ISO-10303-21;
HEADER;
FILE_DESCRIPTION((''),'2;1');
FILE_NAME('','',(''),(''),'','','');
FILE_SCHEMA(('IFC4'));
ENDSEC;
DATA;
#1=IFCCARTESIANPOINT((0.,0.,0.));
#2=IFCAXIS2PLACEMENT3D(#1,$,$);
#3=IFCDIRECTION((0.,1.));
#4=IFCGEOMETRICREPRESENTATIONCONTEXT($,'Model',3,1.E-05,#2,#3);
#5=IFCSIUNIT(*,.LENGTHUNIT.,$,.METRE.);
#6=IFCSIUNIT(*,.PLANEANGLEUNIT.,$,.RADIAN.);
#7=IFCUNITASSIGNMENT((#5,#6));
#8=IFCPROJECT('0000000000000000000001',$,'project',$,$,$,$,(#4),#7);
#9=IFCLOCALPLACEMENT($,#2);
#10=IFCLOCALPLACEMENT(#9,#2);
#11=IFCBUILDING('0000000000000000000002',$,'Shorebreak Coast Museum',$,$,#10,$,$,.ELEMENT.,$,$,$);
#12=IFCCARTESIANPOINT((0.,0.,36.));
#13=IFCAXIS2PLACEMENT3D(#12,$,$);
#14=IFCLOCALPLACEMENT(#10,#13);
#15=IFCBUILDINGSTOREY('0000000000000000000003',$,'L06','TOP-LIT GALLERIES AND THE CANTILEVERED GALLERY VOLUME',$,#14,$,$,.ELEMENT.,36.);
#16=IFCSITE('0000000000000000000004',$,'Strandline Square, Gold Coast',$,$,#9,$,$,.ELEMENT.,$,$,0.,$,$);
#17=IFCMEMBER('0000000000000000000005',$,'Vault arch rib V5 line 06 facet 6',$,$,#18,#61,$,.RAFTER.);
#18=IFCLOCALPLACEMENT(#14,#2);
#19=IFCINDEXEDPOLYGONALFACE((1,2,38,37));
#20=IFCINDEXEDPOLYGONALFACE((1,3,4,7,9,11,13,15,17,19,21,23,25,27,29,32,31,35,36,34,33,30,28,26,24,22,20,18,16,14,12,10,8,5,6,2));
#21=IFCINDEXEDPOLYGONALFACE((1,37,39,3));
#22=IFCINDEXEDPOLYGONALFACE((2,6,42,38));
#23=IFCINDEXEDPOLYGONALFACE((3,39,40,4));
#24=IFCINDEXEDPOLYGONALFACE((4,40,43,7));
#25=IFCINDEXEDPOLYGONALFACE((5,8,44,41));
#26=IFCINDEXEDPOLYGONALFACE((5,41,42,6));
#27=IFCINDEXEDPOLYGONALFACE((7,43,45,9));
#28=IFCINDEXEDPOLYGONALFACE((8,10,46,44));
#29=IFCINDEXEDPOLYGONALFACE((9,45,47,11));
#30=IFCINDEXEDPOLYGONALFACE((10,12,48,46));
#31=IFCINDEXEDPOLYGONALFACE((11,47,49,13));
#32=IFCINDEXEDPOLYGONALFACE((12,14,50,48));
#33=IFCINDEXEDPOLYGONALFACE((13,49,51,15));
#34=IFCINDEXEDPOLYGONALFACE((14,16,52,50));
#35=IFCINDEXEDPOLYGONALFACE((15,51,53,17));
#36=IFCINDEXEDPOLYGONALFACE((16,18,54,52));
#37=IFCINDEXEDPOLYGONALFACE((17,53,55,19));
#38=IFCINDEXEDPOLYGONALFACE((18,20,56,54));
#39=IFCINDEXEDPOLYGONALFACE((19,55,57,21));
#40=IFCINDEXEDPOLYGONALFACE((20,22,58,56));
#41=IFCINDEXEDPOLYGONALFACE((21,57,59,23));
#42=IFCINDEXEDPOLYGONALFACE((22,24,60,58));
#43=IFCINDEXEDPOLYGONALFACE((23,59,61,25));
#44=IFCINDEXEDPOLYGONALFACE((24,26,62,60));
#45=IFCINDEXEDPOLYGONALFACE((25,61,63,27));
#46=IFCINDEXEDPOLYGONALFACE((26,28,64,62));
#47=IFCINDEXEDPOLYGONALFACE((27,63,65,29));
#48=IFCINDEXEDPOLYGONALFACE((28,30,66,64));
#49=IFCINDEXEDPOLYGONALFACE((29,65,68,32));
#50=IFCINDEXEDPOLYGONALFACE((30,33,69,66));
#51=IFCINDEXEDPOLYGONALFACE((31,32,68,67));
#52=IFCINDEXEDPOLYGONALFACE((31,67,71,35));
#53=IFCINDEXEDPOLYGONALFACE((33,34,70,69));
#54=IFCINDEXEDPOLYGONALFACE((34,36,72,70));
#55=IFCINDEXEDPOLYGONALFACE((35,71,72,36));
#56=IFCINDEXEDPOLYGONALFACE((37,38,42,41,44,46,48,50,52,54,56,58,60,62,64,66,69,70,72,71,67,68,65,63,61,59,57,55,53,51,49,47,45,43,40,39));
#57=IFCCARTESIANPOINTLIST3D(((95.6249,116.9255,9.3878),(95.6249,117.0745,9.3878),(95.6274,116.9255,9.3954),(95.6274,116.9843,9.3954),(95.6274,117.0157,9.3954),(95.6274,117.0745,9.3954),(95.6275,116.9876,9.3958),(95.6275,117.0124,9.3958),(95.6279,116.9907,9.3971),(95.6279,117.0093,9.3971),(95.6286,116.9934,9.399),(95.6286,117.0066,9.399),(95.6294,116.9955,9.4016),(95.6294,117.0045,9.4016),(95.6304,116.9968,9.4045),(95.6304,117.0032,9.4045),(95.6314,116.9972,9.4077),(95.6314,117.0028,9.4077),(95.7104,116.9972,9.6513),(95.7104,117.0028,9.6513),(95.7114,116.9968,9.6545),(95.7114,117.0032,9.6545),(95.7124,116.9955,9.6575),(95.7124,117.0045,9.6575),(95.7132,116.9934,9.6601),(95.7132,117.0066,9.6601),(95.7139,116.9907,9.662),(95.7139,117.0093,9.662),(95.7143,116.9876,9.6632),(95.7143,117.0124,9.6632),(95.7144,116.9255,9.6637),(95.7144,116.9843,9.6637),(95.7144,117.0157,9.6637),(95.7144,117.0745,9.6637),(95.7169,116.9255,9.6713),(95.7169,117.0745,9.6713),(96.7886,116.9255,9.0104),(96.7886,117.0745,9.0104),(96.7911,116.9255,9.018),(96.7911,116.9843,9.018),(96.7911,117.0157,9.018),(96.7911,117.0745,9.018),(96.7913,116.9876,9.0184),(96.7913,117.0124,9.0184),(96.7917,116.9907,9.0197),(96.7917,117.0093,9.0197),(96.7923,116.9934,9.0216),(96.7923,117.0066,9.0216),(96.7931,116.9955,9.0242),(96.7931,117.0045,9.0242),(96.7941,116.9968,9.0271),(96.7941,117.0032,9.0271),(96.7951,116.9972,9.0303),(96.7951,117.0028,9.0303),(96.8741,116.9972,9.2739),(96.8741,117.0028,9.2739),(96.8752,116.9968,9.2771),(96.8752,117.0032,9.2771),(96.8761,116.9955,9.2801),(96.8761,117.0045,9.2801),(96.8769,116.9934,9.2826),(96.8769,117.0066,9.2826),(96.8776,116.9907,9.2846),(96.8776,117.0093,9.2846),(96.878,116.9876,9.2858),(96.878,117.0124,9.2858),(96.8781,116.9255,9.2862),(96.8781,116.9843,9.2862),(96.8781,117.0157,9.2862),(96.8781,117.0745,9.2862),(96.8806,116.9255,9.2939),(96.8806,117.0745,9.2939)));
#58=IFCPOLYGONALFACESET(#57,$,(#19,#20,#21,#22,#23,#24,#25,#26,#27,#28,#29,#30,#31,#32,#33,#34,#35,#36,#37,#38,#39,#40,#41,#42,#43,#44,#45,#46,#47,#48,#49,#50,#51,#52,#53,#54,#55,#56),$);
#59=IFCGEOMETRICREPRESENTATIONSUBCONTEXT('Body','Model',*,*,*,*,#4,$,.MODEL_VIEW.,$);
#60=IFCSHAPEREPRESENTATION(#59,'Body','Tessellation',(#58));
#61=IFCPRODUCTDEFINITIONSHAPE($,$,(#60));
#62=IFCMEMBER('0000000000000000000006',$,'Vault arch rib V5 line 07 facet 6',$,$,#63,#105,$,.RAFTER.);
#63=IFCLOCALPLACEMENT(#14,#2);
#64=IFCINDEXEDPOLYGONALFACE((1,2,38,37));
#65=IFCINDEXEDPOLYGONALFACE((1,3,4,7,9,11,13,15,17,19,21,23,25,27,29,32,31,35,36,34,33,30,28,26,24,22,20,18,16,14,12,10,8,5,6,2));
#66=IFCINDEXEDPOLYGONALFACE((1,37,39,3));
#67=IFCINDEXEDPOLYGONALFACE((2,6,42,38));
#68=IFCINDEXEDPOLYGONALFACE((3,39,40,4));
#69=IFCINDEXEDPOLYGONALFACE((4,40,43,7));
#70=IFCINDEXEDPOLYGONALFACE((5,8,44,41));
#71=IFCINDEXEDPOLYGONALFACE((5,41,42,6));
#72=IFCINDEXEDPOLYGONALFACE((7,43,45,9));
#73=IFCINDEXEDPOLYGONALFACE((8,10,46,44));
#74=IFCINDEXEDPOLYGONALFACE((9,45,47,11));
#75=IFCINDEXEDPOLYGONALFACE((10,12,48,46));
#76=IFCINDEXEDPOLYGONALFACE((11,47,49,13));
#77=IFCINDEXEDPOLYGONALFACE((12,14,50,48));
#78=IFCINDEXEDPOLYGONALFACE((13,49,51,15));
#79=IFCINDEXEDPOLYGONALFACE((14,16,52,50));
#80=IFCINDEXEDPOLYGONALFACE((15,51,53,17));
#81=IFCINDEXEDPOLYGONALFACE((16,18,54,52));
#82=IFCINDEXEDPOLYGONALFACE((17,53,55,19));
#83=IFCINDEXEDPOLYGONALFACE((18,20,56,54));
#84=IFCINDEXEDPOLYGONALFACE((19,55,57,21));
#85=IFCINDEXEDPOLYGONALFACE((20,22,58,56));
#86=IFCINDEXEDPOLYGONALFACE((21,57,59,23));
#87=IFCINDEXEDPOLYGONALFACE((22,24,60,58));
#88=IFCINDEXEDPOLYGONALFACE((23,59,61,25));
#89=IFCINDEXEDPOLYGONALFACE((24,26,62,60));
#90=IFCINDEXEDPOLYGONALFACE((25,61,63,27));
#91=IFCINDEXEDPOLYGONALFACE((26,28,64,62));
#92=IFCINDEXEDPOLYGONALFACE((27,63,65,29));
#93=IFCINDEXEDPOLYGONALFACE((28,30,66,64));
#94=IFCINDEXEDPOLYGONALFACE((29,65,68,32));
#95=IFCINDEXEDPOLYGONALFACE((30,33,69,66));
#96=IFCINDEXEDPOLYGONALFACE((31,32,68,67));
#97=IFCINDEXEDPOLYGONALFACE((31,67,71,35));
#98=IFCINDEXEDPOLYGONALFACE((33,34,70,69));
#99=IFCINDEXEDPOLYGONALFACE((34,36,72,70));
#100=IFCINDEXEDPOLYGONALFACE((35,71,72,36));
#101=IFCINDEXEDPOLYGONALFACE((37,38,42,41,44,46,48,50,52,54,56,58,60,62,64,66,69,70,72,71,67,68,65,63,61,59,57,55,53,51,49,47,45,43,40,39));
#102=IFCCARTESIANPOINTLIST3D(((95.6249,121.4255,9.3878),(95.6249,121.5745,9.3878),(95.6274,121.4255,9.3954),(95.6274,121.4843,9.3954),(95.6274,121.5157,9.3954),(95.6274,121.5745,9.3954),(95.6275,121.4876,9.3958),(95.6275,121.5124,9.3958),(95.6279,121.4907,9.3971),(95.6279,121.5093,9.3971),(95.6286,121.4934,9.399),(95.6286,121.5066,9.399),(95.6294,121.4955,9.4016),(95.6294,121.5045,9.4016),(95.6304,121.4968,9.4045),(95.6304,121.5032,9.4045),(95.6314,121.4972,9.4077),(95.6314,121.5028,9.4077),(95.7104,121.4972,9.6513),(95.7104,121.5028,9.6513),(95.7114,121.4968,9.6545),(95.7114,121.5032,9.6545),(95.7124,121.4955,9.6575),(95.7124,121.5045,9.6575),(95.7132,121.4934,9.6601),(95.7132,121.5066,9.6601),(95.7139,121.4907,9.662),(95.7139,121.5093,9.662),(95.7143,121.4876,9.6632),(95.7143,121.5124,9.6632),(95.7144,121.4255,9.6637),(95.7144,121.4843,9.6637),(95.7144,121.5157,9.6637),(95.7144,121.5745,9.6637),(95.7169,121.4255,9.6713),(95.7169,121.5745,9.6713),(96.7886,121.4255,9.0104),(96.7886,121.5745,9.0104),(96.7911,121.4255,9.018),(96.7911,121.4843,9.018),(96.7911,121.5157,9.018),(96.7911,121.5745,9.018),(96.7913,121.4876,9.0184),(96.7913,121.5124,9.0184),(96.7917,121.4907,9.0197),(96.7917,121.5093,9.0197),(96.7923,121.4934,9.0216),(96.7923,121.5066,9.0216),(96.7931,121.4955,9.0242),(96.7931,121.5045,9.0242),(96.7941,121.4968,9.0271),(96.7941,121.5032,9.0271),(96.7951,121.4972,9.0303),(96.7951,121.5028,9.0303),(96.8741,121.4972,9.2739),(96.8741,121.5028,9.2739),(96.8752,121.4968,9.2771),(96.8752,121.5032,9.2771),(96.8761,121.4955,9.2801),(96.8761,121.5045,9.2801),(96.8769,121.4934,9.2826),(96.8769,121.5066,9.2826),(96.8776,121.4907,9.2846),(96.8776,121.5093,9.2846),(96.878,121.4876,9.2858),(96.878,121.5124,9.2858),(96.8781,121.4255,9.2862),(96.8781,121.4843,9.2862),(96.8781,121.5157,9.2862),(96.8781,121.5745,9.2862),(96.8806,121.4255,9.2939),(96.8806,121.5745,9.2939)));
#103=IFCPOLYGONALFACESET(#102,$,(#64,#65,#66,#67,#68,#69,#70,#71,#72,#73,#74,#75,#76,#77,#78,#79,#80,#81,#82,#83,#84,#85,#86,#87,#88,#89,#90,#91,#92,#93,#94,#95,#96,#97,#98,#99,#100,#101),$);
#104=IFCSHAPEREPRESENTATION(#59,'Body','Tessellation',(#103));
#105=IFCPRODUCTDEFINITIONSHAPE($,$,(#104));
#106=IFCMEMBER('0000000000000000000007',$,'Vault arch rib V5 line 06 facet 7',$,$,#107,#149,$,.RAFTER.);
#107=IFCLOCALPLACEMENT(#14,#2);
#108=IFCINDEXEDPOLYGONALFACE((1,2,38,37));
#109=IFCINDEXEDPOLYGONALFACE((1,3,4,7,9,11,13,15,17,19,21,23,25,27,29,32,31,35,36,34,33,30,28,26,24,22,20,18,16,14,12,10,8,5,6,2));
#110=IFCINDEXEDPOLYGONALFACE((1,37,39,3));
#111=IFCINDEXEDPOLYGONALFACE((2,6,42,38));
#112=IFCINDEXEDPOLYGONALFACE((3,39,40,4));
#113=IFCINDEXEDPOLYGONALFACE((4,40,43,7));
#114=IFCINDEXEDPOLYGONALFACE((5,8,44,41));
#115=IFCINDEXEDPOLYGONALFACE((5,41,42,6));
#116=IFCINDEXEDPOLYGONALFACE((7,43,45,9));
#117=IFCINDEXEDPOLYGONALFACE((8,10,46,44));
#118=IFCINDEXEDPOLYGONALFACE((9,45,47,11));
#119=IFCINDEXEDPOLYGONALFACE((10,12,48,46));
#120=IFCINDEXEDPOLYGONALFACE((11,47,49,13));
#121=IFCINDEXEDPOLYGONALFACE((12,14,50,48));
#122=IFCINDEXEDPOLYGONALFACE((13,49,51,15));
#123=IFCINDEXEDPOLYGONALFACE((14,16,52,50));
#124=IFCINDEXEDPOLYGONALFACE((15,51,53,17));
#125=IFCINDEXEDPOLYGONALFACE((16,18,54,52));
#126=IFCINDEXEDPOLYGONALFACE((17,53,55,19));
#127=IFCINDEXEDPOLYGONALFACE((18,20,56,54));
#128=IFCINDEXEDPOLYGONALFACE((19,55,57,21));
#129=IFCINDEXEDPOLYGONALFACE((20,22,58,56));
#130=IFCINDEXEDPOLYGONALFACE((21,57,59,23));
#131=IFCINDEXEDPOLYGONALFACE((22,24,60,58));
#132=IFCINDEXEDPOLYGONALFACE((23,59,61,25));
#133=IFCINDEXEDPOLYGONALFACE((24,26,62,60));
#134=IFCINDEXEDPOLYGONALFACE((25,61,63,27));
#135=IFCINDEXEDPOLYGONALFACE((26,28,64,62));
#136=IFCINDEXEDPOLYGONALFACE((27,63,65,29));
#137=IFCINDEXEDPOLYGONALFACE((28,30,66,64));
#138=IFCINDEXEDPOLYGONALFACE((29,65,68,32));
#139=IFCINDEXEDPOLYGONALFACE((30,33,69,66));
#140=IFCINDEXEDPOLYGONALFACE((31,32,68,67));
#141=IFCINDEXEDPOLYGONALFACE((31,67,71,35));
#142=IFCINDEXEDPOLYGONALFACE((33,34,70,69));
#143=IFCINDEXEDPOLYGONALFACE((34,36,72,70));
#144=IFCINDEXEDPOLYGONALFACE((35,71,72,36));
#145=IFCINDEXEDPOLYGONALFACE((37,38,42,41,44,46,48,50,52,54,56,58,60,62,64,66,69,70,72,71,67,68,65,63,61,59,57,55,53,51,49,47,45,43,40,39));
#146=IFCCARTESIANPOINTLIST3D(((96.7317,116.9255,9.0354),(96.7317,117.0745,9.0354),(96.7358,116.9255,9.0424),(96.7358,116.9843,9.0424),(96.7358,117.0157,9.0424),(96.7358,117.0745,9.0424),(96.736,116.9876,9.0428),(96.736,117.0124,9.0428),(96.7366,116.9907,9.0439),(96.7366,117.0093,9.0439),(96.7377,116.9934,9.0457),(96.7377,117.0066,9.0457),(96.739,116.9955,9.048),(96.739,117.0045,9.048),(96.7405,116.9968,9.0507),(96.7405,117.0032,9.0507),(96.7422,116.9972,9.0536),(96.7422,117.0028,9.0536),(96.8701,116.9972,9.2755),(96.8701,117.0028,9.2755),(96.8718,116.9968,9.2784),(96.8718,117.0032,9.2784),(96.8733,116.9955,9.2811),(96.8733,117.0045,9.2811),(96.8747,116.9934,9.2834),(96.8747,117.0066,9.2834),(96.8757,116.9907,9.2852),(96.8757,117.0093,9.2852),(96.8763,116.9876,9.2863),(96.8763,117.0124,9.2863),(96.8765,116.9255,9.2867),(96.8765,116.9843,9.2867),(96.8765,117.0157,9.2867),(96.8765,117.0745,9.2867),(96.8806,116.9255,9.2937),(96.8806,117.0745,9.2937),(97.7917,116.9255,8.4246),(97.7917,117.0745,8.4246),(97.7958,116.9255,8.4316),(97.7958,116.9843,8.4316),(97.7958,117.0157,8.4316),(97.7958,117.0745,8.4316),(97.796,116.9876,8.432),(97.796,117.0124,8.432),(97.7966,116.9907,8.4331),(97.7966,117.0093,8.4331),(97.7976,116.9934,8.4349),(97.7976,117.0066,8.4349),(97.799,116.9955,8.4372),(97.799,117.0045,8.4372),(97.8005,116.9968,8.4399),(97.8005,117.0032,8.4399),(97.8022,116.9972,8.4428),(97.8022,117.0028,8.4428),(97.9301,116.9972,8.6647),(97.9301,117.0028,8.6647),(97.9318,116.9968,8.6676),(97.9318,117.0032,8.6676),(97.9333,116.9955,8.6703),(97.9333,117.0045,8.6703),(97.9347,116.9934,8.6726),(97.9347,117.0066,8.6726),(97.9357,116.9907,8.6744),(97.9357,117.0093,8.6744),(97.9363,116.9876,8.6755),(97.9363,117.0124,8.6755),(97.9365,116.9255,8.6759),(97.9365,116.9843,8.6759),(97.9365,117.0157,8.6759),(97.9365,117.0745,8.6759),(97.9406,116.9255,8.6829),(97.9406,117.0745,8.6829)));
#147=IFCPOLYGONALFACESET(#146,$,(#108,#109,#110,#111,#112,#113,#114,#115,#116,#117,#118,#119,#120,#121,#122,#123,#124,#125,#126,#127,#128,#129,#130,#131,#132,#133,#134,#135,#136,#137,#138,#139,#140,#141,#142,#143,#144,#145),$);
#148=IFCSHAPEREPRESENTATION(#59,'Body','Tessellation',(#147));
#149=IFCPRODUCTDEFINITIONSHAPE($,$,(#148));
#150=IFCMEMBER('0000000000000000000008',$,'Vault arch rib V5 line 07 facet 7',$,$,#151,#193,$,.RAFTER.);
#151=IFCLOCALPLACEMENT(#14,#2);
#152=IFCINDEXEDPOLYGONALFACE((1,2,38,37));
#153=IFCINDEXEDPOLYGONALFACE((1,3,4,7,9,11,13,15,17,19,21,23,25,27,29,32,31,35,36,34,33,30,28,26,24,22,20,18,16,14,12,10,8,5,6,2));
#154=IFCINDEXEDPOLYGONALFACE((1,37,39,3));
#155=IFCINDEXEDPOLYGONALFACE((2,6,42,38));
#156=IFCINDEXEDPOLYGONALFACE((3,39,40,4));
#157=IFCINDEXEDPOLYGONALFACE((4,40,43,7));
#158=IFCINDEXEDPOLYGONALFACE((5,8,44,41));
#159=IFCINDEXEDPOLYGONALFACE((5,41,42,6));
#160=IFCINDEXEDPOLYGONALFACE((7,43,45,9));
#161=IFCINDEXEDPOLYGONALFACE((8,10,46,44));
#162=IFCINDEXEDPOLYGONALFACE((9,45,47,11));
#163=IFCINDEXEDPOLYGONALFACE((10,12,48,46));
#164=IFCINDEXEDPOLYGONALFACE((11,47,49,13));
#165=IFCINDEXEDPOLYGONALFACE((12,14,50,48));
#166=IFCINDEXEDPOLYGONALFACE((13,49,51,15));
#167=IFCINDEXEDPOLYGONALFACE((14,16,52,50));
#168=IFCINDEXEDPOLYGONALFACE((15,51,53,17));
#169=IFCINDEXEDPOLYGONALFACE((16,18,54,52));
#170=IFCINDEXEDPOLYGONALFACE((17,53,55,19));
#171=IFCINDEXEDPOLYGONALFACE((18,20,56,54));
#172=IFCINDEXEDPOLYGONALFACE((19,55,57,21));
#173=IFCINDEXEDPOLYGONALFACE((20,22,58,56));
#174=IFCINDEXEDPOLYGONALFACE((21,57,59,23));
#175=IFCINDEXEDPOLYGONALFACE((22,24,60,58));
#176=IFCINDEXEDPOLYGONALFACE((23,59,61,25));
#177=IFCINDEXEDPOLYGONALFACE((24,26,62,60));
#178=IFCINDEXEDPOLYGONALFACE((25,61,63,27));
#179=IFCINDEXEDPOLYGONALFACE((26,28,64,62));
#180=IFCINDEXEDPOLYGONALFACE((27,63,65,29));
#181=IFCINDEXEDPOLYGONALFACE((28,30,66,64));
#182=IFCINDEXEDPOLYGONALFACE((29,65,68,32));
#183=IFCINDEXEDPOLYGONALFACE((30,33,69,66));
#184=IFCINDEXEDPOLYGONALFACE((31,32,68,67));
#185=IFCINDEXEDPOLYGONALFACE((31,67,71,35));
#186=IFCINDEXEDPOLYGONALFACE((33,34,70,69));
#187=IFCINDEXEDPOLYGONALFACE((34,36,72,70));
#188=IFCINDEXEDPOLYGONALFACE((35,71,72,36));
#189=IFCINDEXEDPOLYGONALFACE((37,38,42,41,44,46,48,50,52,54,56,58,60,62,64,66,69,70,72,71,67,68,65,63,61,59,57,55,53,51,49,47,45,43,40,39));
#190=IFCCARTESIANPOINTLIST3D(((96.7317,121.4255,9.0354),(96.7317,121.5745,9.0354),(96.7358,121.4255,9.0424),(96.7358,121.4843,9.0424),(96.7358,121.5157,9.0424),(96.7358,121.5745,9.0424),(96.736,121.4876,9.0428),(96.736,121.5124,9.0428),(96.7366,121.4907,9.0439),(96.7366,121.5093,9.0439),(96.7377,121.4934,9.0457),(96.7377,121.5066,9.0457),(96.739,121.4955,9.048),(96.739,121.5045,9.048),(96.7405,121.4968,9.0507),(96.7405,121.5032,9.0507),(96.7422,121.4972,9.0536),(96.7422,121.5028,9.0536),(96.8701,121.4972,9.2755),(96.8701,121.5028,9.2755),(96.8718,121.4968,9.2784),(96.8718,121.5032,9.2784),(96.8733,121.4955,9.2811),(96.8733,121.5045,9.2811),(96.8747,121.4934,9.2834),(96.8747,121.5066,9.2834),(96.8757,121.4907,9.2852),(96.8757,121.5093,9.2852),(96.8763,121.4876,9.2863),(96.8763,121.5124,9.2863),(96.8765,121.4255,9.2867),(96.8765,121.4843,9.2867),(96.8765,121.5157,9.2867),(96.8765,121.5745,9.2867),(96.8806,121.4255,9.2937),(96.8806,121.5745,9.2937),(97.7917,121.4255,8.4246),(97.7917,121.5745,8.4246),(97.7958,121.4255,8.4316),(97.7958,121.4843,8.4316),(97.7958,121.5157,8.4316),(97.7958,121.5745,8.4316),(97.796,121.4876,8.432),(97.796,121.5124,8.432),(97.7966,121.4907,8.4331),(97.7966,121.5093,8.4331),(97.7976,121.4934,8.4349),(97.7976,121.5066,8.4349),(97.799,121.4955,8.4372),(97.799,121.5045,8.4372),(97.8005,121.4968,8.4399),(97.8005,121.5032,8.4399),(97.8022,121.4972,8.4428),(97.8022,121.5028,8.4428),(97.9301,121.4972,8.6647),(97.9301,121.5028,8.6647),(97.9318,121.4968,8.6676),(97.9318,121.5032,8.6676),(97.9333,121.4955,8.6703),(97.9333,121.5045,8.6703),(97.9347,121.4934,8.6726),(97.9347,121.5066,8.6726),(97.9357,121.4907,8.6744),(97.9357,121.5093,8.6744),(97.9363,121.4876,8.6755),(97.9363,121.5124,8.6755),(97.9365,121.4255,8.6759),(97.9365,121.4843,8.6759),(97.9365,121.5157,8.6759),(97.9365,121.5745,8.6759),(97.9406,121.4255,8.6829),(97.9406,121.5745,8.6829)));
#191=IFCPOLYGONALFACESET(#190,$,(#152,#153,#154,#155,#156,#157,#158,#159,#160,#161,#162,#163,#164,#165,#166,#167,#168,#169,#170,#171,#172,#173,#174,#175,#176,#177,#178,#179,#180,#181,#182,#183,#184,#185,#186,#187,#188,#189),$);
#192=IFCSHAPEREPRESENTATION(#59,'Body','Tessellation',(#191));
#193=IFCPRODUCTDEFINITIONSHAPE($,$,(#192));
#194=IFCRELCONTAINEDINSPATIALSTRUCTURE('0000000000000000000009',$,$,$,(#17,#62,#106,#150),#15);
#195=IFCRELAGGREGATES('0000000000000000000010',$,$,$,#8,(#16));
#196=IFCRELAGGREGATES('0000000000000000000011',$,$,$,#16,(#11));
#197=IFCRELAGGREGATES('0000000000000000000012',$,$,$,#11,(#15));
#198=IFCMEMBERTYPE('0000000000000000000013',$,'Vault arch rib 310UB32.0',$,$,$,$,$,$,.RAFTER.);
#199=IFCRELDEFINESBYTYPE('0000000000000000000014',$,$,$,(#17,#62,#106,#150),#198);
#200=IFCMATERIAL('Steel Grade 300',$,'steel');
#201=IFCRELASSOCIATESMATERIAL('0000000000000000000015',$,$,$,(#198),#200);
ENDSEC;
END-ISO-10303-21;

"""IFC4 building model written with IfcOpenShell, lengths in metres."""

from ifc_helpers import new_model, si_unit, direction, frame, origin, origin_2d, place, context, subcontext, project, spatial, i_section, extrude, material, material_profile, profile_set, type_object, element, save


model = new_model("IFC4")

# Units and contexts
model_context = context("Model", 3, precision=1e-05, world=origin(), true_north=direction((0.0, 1.0)))
body_context = subcontext(model_context, "Body", "Model", "MODEL_VIEW")
ifc_project = project(units=[si_unit("LENGTHUNIT", "METRE"), si_unit("PLANEANGLEUNIT", "RADIAN")], contexts=[model_context])

# Site, building, storey
site_placement = place(None, origin())
site = spatial("IfcSite", under=ifc_project, at=site_placement, Name="Strandline Square, Gold Coast", CompositionType="ELEMENT", RefElevation=0.0)
building_placement = place(site_placement, origin())
building = spatial("IfcBuilding", under=site, at=building_placement, Name="Shorebreak Coast Museum", CompositionType="ELEMENT")
storey_placement = place(building_placement, frame((0.0, 0.0, 36.0)))
storey = spatial("IfcBuildingStorey", under=building, at=storey_placement, Name="L06", Description="TOP-LIT GALLERIES AND THE CANTILEVERED GALLERY VOLUME", CompositionType="ELEMENT", Elevation=36.0)

# Members
ifc_material_1 = material(Name="Steel Grade 300", Category="steel")
ifc_material_profile_1 = material_profile(ifc_material_1, i_section(OverallWidth=0.1489, OverallDepth=0.2981, WebThickness=0.0056, FlangeThickness=0.0081, FilletRadius=0.0129, at=origin_2d()), Name="310UB32.0")
ifc_profile_set_1 = profile_set([ifc_material_profile_1], Name="Steel Grade 300")
member_type_1 = type_object("IfcMemberType", Name="Vault arch rib 310UB32.0", PredefinedType="RAFTER", material=ifc_profile_set_1)
for number, where, z_axis, x_axis, name in (
    (1, (95.6709, 117.0, 9.5295), (0.951226, 0.0, -0.308495), (0.0, 1.0, 0.0), "Vault arch rib V5 line 06 facet 6"),
    (2, (95.6709, 121.5, 9.5295), (0.951226, 0.0, -0.308495), (0.0, 1.0, 0.0), "Vault arch rib V5 line 07 facet 6"),
    (3, (96.8062, 117.0, 9.1646), (0.866445, 0.0, -0.499273), (0.0, 1.0, 0.0), "Vault arch rib V5 line 06 facet 7"),
    (4, (96.8062, 121.5, 9.1646), (0.866445, 0.0, -0.499273), (0.0, 1.0, 0.0), "Vault arch rib V5 line 07 facet 7"),
):
    element("IfcMember", number, at=place(storey_placement, frame(where, z_axis=z_axis, x_axis=x_axis)), inside=storey, type_object=member_type_1, Name=name, PredefinedType="RAFTER", context=body_context, shape_type="SweptSolid", body=[
        extrude(i_section(OverallWidth=0.1489, OverallDepth=0.2981, WebThickness=0.0056, FlangeThickness=0.0081, FilletRadius=0.0129, at=origin_2d()), origin(), (0.0, 0.0, 1.0), 1.2234),
    ])

save(model, "model.ifc")
